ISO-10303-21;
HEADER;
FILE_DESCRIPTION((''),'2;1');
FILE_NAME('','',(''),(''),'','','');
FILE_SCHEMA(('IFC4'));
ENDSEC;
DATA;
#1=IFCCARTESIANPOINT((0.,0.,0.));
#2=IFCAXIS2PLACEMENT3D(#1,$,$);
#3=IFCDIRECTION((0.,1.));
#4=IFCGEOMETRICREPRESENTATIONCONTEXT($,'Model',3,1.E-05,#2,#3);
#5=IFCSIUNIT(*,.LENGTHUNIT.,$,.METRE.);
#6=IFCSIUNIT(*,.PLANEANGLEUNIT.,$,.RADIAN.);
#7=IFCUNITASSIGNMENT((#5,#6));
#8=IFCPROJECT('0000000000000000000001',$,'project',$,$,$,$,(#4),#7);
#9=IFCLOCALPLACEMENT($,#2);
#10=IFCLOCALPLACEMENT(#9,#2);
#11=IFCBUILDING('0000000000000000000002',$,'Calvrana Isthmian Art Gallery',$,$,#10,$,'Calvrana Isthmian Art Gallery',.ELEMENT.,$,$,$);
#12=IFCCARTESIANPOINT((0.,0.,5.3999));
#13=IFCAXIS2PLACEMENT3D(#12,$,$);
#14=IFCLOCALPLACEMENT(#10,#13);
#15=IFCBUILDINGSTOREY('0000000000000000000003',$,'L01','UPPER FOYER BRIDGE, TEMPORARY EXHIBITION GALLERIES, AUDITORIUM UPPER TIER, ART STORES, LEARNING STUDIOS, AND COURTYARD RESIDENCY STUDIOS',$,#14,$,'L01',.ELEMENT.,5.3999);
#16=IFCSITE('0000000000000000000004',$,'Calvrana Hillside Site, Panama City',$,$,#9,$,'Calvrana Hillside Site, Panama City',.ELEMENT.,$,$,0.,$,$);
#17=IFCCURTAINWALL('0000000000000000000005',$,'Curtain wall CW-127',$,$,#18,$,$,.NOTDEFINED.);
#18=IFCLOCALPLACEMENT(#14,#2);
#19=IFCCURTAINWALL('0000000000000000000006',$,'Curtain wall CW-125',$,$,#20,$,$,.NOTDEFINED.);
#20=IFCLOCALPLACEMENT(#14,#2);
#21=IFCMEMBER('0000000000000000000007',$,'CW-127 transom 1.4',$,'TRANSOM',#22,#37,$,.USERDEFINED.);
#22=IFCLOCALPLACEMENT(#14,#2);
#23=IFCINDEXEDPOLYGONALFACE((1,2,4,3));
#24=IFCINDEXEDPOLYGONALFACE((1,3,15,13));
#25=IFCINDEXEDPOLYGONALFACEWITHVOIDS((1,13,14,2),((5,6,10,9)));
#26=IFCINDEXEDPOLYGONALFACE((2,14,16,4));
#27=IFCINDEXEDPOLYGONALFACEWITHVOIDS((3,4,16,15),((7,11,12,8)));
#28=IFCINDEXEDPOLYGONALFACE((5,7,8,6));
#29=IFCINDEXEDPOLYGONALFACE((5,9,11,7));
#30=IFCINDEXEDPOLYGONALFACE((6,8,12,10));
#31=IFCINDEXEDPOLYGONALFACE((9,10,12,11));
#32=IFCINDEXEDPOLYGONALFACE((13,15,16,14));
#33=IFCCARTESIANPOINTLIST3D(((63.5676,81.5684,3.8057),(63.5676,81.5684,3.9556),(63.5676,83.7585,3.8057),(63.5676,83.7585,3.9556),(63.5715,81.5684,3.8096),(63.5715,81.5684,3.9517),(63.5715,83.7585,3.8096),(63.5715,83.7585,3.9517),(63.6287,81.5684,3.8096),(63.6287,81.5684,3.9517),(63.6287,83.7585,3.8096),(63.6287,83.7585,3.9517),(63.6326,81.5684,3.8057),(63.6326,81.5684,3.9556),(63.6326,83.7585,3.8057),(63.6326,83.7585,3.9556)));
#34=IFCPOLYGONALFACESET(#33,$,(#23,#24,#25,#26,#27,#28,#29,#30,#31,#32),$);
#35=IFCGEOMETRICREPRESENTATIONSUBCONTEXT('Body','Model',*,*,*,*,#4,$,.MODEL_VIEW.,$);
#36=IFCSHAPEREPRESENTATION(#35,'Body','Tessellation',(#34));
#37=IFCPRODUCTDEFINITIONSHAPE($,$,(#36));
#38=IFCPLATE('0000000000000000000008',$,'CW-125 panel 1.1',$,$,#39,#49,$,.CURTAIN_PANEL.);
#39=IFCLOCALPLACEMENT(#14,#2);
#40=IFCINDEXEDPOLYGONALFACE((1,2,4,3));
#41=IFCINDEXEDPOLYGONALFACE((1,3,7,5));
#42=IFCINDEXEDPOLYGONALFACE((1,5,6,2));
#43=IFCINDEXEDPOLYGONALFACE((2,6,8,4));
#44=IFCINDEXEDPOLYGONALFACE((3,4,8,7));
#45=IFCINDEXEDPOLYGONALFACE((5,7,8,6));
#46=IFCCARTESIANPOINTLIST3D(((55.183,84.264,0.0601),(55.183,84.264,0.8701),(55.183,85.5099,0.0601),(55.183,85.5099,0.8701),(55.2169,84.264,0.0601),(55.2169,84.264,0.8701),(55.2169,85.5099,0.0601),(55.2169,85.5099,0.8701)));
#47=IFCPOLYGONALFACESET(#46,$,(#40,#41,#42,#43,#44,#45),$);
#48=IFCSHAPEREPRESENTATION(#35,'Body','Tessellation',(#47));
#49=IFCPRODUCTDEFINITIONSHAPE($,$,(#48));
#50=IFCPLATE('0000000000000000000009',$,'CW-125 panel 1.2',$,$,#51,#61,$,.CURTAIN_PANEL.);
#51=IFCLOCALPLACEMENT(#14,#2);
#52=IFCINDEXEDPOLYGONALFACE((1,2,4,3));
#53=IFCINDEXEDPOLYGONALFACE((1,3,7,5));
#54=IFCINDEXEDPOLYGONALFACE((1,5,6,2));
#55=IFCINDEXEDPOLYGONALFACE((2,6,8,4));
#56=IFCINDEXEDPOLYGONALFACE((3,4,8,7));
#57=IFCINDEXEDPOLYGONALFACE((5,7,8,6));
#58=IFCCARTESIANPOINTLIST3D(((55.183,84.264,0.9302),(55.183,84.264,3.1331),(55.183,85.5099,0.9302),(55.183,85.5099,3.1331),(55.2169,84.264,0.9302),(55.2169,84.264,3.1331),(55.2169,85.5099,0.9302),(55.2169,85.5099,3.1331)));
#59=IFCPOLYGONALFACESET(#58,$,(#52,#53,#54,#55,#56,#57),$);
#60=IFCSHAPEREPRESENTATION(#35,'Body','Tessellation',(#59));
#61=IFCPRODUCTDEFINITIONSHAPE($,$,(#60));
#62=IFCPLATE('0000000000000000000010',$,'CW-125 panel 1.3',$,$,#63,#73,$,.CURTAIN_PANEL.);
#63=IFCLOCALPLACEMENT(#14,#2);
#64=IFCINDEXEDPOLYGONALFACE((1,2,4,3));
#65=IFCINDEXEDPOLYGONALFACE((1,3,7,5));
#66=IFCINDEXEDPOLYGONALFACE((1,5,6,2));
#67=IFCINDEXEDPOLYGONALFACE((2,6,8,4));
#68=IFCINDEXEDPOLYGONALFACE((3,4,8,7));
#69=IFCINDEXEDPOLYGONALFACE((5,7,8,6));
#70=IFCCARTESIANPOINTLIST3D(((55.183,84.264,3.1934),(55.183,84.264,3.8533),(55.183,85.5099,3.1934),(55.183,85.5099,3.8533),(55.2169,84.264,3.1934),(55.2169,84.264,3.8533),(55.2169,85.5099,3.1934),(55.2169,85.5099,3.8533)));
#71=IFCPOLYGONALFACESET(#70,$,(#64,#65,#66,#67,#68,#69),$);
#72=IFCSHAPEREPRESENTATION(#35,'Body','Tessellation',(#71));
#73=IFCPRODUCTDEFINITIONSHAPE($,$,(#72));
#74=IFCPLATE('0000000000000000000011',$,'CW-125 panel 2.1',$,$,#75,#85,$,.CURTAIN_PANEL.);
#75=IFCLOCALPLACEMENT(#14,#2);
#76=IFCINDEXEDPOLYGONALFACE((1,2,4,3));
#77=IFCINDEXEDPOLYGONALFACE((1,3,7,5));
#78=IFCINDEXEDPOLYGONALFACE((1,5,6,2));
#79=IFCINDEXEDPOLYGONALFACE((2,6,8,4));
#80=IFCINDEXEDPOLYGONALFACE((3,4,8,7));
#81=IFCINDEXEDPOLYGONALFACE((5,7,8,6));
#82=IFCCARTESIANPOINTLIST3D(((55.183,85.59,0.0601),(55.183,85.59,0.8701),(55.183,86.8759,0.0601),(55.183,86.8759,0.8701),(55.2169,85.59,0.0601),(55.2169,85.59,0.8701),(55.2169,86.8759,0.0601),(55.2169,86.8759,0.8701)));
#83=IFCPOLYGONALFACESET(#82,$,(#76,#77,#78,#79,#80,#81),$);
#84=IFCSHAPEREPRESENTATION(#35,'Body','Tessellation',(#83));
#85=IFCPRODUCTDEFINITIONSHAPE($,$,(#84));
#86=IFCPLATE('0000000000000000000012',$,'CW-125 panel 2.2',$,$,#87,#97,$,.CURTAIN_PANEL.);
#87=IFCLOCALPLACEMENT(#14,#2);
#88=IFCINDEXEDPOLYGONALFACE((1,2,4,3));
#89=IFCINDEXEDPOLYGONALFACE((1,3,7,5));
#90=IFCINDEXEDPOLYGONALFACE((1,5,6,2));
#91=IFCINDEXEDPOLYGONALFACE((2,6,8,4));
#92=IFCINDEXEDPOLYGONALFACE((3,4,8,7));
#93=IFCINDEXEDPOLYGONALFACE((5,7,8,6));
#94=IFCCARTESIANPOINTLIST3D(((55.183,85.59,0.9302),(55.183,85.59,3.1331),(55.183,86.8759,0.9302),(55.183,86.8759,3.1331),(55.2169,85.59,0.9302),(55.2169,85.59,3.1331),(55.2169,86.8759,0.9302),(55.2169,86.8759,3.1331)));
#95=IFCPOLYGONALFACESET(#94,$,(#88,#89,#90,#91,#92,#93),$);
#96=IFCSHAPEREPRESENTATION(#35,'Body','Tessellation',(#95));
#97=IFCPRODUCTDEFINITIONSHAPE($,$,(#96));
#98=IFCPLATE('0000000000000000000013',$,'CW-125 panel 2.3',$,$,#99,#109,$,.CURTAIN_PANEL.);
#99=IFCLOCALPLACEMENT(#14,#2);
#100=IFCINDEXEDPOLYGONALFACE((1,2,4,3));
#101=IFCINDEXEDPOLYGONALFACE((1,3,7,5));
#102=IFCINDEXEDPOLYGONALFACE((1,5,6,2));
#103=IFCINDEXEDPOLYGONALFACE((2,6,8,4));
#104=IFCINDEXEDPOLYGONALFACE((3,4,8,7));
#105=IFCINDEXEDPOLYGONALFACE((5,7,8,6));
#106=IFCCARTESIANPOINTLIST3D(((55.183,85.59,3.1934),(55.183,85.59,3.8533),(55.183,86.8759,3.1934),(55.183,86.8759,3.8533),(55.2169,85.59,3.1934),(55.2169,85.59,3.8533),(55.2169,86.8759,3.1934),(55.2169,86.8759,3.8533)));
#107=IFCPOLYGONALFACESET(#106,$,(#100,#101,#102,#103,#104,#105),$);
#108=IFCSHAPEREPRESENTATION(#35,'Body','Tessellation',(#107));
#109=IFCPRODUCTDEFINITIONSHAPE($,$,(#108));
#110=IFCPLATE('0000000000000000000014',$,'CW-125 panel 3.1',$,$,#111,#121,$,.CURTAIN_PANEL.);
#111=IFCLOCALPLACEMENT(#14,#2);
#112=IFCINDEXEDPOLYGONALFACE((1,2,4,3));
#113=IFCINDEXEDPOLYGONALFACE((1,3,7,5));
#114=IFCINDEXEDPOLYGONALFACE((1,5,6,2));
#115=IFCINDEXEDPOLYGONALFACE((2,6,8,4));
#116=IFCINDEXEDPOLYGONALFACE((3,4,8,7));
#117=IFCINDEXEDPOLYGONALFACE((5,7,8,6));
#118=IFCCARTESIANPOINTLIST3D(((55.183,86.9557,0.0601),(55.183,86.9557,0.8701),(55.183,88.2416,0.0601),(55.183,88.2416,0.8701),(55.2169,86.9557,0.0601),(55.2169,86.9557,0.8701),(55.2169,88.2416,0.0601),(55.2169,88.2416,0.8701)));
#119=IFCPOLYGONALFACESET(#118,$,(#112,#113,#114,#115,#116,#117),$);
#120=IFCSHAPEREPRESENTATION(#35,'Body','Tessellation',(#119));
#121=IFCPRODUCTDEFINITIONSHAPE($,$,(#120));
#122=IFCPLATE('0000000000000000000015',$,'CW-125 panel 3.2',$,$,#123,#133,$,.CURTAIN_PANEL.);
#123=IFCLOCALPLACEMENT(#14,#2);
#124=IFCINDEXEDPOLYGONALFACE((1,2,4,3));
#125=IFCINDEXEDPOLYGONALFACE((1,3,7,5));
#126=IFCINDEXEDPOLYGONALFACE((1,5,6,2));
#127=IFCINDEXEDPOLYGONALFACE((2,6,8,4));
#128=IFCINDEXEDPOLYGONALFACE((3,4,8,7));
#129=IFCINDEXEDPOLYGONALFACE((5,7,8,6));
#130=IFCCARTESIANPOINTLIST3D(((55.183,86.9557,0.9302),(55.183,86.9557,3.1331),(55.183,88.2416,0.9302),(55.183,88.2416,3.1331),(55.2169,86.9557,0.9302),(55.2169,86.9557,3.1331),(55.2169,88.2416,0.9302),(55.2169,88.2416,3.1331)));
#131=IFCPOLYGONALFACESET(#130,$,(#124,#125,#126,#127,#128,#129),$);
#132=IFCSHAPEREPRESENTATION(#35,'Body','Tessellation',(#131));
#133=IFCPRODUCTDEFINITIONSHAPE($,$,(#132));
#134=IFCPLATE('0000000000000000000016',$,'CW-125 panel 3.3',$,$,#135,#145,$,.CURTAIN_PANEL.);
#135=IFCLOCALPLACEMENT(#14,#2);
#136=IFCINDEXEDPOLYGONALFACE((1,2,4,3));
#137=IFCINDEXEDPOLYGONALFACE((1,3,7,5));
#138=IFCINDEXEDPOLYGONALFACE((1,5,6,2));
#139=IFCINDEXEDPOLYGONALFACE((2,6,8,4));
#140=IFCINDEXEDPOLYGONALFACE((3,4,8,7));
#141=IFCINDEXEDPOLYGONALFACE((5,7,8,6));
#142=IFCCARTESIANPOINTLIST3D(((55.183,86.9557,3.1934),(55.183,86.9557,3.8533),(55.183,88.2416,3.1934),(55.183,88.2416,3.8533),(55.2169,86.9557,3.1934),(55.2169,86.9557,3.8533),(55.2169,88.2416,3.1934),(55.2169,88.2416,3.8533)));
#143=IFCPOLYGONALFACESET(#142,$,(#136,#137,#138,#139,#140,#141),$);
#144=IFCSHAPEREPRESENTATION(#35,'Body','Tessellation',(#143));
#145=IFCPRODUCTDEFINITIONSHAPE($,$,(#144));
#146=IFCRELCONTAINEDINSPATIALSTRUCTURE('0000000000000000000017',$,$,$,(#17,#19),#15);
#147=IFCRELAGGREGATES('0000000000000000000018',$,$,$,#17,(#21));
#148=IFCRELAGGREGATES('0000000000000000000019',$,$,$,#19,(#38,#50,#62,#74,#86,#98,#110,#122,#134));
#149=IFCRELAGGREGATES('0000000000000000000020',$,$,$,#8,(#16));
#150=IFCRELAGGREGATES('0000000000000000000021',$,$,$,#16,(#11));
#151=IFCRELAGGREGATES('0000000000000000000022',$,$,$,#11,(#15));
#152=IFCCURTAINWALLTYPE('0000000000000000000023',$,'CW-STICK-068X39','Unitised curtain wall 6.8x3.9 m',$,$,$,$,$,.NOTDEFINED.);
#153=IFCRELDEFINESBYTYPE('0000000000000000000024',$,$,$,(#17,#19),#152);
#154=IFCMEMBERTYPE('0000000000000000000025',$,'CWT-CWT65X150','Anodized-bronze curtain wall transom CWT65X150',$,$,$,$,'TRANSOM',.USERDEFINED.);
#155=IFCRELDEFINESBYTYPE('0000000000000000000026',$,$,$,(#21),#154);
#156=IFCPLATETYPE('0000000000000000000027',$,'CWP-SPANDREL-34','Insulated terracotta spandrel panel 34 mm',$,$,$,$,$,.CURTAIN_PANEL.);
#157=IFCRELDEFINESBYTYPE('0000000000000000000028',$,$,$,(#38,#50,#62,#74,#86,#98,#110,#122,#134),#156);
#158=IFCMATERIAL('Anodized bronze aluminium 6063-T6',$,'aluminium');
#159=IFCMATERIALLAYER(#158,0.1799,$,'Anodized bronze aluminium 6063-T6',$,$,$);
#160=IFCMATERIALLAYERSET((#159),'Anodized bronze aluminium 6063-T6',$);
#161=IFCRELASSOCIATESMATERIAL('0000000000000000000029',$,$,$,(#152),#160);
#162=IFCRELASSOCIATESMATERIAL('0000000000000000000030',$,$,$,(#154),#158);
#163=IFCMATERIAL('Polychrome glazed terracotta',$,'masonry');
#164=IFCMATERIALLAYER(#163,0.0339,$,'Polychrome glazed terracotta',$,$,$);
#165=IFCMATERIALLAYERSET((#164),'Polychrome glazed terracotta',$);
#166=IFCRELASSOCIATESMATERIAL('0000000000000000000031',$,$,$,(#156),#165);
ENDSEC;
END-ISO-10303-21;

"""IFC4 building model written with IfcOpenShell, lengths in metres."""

from ifc_helpers import new_model, si_unit, direction, frame, origin, origin_2d, place, context, subcontext, project, spatial, rectangle, hollow_rectangle, extrude, material, layer, layer_set, material_profile, profile_set, type_object, element, aggregate, save


model = new_model("IFC4")

# Units and contexts
model_context = context("Model", 3, precision=1e-05, world=origin(), true_north=direction((0.0, 1.0)))
body_context = subcontext(model_context, "Body", "Model", "MODEL_VIEW")
ifc_project = project(units=[si_unit("LENGTHUNIT", "METRE"), si_unit("PLANEANGLEUNIT", "RADIAN")], contexts=[model_context])

# Site, building, storey
site_placement = place(None, origin())
site = spatial("IfcSite", under=ifc_project, at=site_placement, Name="Calvrana Hillside Site, Panama City", LongName="Calvrana Hillside Site, Panama City", CompositionType="ELEMENT", RefElevation=0.0)
building_placement = place(site_placement, origin())
building = spatial("IfcBuilding", under=site, at=building_placement, Name="Calvrana Isthmian Art Gallery", LongName="Calvrana Isthmian Art Gallery", CompositionType="ELEMENT")
storey_placement = place(building_placement, frame((0.0, 0.0, 5.3999)))
storey = spatial("IfcBuildingStorey", under=building, at=storey_placement, Name="L01", Description="UPPER FOYER BRIDGE, TEMPORARY EXHIBITION GALLERIES, AUDITORIUM UPPER TIER, ART STORES, LEARNING STUDIOS, AND COURTYARD RESIDENCY STUDIOS", LongName="L01", CompositionType="ELEMENT", Elevation=5.3999)

# Curtain wall
ifc_material_1 = material(Name="Anodized bronze aluminium 6063-T6", Category="aluminium")
ifc_layer_1 = layer(ifc_material_1, 0.1799, Name="Anodized bronze aluminium 6063-T6")
ifc_layer_set_1 = layer_set([ifc_layer_1], Name="Anodized bronze aluminium 6063-T6")
curtain_wall_type = type_object("IfcCurtainWallType", Name="CW-STICK-068X39", Description="Unitised curtain wall 6.8x3.9 m", PredefinedType="NOTDEFINED", material=ifc_layer_set_1)
curtain_wall_1_placement = place(storey_placement, origin())
curtain_wall_1 = element("IfcCurtainWall", 1, at=curtain_wall_1_placement, inside=storey, type_object=curtain_wall_type, Name="Curtain wall CW-127", PredefinedType="NOTDEFINED")

# Curtain wall
curtain_wall_2_placement = place(storey_placement, origin())
curtain_wall_2 = element("IfcCurtainWall", 2, at=curtain_wall_2_placement, inside=storey, type_object=curtain_wall_type, Name="Curtain wall CW-125", PredefinedType="NOTDEFINED")

# Member
ifc_material_profile_1 = material_profile(ifc_material_1, hollow_rectangle(XDim=0.0649, YDim=0.1499, WallThickness=0.0039, at=origin_2d()), Name="CWT65X150")
ifc_profile_set_1 = profile_set([ifc_material_profile_1], Name="Anodized bronze aluminium 6063-T6")
member_type_1 = type_object("IfcMemberType", Name="CWT-CWT65X150", Description="Anodized-bronze curtain wall transom CWT65X150", ElementType="TRANSOM", PredefinedType="USERDEFINED", material=ifc_profile_set_1)
member_1_placement = place(storey_placement, frame((63.6001, 83.7585, 3.8806), z_axis=(0.0, -1.0, 0.0), x_axis=(1.0, 0.0, 0.0)))
member_1 = element("IfcMember", 3, at=member_1_placement, type_object=member_type_1, Name="CW-127 transom 1.4", ObjectType="TRANSOM", PredefinedType="USERDEFINED", context=body_context, shape_type="SweptSolid", body=[
    extrude(hollow_rectangle(XDim=0.0649, YDim=0.1499, WallThickness=0.0039, at=origin_2d()), origin(), (0.0, 0.0, 1.0), 2.1902),
])
aggregate(curtain_wall_1, [member_1])

# Plates
ifc_material_2 = material(Name="Polychrome glazed terracotta", Category="masonry")
ifc_layer_2 = layer(ifc_material_2, 0.0339, Name="Polychrome glazed terracotta")
ifc_layer_set_2 = layer_set([ifc_layer_2], Name="Polychrome glazed terracotta")
plate_type = type_object("IfcPlateType", Name="CWP-SPANDREL-34", Description="Insulated terracotta spandrel panel 34 mm", PredefinedType="CURTAIN_PANEL", material=ifc_layer_set_2)
plate_1_placement = place(storey_placement, frame((55.2, 84.887, 0.0601), z_axis=(0.0, 0.0, 1.0), x_axis=(0.0, 1.0, 0.0)))
plate_1 = element("IfcPlate", 4, at=plate_1_placement, type_object=plate_type, Name="CW-125 panel 1.1", PredefinedType="CURTAIN_PANEL", context=body_context, shape_type="SweptSolid", body=[
    extrude(rectangle(XDim=1.2458, YDim=0.0339, at=origin_2d()), origin(), (0.0, 0.0, 1.0), 0.8101),
])
plate_2_placement = place(storey_placement, frame((55.2, 84.887, 0.9302), z_axis=(0.0, 0.0, 1.0), x_axis=(0.0, 1.0, 0.0)))
plate_2 = element("IfcPlate", 5, at=plate_2_placement, type_object=plate_type, Name="CW-125 panel 1.2", PredefinedType="CURTAIN_PANEL", context=body_context, shape_type="SweptSolid", body=[
    extrude(rectangle(XDim=1.2458, YDim=0.0339, at=origin_2d()), origin(), (0.0, 0.0, 1.0), 2.2029),
])
plate_3_placement = place(storey_placement, frame((55.2, 84.887, 3.1934), z_axis=(0.0, 0.0, 1.0), x_axis=(0.0, 1.0, 0.0)))
plate_3 = element("IfcPlate", 6, at=plate_3_placement, type_object=plate_type, Name="CW-125 panel 1.3", PredefinedType="CURTAIN_PANEL", context=body_context, shape_type="SweptSolid", body=[
    extrude(rectangle(XDim=1.2458, YDim=0.0339, at=origin_2d()), origin(), (0.0, 0.0, 1.0), 0.6599),
])
plate_4_placement = place(storey_placement, frame((55.2, 86.2329, 0.0601), z_axis=(0.0, 0.0, 1.0), x_axis=(0.0, 1.0, 0.0)))
plate_4 = element("IfcPlate", 7, at=plate_4_placement, type_object=plate_type, Name="CW-125 panel 2.1", PredefinedType="CURTAIN_PANEL", context=body_context, shape_type="SweptSolid", body=[
    extrude(rectangle(XDim=1.2859, YDim=0.0339, at=origin_2d()), origin(), (0.0, 0.0, 1.0), 0.8101),
])
plate_5_placement = place(storey_placement, frame((55.2, 86.2329, 0.9302), z_axis=(0.0, 0.0, 1.0), x_axis=(0.0, 1.0, 0.0)))
plate_5 = element("IfcPlate", 8, at=plate_5_placement, type_object=plate_type, Name="CW-125 panel 2.2", PredefinedType="CURTAIN_PANEL", context=body_context, shape_type="SweptSolid", body=[
    extrude(rectangle(XDim=1.2859, YDim=0.0339, at=origin_2d()), origin(), (0.0, 0.0, 1.0), 2.2029),
])
plate_6_placement = place(storey_placement, frame((55.2, 86.2329, 3.1934), z_axis=(0.0, 0.0, 1.0), x_axis=(0.0, 1.0, 0.0)))
plate_6 = element("IfcPlate", 9, at=plate_6_placement, type_object=plate_type, Name="CW-125 panel 2.3", PredefinedType="CURTAIN_PANEL", context=body_context, shape_type="SweptSolid", body=[
    extrude(rectangle(XDim=1.2859, YDim=0.0339, at=origin_2d()), origin(), (0.0, 0.0, 1.0), 0.6599),
])
plate_7_placement = place(storey_placement, frame((55.2, 87.5986, 0.0601), z_axis=(0.0, 0.0, 1.0), x_axis=(0.0, 1.0, 0.0)))
plate_7 = element("IfcPlate", 10, at=plate_7_placement, type_object=plate_type, Name="CW-125 panel 3.1", PredefinedType="CURTAIN_PANEL", context=body_context, shape_type="SweptSolid", body=[
    extrude(rectangle(XDim=1.2859, YDim=0.0339, at=origin_2d()), origin(), (0.0, 0.0, 1.0), 0.8101),
])
plate_8_placement = place(storey_placement, frame((55.2, 87.5986, 0.9302), z_axis=(0.0, 0.0, 1.0), x_axis=(0.0, 1.0, 0.0)))
plate_8 = element("IfcPlate", 11, at=plate_8_placement, type_object=plate_type, Name="CW-125 panel 3.2", PredefinedType="CURTAIN_PANEL", context=body_context, shape_type="SweptSolid", body=[
    extrude(rectangle(XDim=1.2859, YDim=0.0339, at=origin_2d()), origin(), (0.0, 0.0, 1.0), 2.2029),
])
plate_9_placement = place(storey_placement, frame((55.2, 87.5986, 3.1934), z_axis=(0.0, 0.0, 1.0), x_axis=(0.0, 1.0, 0.0)))
plate_9 = element("IfcPlate", 12, at=plate_9_placement, type_object=plate_type, Name="CW-125 panel 3.3", PredefinedType="CURTAIN_PANEL", context=body_context, shape_type="SweptSolid", body=[
    extrude(rectangle(XDim=1.2859, YDim=0.0339, at=origin_2d()), origin(), (0.0, 0.0, 1.0), 0.6599),
])
aggregate(curtain_wall_2, [plate_1, plate_2, plate_3, plate_4, plate_5, plate_6, plate_7, plate_8, plate_9])

save(model, "model.ifc")
